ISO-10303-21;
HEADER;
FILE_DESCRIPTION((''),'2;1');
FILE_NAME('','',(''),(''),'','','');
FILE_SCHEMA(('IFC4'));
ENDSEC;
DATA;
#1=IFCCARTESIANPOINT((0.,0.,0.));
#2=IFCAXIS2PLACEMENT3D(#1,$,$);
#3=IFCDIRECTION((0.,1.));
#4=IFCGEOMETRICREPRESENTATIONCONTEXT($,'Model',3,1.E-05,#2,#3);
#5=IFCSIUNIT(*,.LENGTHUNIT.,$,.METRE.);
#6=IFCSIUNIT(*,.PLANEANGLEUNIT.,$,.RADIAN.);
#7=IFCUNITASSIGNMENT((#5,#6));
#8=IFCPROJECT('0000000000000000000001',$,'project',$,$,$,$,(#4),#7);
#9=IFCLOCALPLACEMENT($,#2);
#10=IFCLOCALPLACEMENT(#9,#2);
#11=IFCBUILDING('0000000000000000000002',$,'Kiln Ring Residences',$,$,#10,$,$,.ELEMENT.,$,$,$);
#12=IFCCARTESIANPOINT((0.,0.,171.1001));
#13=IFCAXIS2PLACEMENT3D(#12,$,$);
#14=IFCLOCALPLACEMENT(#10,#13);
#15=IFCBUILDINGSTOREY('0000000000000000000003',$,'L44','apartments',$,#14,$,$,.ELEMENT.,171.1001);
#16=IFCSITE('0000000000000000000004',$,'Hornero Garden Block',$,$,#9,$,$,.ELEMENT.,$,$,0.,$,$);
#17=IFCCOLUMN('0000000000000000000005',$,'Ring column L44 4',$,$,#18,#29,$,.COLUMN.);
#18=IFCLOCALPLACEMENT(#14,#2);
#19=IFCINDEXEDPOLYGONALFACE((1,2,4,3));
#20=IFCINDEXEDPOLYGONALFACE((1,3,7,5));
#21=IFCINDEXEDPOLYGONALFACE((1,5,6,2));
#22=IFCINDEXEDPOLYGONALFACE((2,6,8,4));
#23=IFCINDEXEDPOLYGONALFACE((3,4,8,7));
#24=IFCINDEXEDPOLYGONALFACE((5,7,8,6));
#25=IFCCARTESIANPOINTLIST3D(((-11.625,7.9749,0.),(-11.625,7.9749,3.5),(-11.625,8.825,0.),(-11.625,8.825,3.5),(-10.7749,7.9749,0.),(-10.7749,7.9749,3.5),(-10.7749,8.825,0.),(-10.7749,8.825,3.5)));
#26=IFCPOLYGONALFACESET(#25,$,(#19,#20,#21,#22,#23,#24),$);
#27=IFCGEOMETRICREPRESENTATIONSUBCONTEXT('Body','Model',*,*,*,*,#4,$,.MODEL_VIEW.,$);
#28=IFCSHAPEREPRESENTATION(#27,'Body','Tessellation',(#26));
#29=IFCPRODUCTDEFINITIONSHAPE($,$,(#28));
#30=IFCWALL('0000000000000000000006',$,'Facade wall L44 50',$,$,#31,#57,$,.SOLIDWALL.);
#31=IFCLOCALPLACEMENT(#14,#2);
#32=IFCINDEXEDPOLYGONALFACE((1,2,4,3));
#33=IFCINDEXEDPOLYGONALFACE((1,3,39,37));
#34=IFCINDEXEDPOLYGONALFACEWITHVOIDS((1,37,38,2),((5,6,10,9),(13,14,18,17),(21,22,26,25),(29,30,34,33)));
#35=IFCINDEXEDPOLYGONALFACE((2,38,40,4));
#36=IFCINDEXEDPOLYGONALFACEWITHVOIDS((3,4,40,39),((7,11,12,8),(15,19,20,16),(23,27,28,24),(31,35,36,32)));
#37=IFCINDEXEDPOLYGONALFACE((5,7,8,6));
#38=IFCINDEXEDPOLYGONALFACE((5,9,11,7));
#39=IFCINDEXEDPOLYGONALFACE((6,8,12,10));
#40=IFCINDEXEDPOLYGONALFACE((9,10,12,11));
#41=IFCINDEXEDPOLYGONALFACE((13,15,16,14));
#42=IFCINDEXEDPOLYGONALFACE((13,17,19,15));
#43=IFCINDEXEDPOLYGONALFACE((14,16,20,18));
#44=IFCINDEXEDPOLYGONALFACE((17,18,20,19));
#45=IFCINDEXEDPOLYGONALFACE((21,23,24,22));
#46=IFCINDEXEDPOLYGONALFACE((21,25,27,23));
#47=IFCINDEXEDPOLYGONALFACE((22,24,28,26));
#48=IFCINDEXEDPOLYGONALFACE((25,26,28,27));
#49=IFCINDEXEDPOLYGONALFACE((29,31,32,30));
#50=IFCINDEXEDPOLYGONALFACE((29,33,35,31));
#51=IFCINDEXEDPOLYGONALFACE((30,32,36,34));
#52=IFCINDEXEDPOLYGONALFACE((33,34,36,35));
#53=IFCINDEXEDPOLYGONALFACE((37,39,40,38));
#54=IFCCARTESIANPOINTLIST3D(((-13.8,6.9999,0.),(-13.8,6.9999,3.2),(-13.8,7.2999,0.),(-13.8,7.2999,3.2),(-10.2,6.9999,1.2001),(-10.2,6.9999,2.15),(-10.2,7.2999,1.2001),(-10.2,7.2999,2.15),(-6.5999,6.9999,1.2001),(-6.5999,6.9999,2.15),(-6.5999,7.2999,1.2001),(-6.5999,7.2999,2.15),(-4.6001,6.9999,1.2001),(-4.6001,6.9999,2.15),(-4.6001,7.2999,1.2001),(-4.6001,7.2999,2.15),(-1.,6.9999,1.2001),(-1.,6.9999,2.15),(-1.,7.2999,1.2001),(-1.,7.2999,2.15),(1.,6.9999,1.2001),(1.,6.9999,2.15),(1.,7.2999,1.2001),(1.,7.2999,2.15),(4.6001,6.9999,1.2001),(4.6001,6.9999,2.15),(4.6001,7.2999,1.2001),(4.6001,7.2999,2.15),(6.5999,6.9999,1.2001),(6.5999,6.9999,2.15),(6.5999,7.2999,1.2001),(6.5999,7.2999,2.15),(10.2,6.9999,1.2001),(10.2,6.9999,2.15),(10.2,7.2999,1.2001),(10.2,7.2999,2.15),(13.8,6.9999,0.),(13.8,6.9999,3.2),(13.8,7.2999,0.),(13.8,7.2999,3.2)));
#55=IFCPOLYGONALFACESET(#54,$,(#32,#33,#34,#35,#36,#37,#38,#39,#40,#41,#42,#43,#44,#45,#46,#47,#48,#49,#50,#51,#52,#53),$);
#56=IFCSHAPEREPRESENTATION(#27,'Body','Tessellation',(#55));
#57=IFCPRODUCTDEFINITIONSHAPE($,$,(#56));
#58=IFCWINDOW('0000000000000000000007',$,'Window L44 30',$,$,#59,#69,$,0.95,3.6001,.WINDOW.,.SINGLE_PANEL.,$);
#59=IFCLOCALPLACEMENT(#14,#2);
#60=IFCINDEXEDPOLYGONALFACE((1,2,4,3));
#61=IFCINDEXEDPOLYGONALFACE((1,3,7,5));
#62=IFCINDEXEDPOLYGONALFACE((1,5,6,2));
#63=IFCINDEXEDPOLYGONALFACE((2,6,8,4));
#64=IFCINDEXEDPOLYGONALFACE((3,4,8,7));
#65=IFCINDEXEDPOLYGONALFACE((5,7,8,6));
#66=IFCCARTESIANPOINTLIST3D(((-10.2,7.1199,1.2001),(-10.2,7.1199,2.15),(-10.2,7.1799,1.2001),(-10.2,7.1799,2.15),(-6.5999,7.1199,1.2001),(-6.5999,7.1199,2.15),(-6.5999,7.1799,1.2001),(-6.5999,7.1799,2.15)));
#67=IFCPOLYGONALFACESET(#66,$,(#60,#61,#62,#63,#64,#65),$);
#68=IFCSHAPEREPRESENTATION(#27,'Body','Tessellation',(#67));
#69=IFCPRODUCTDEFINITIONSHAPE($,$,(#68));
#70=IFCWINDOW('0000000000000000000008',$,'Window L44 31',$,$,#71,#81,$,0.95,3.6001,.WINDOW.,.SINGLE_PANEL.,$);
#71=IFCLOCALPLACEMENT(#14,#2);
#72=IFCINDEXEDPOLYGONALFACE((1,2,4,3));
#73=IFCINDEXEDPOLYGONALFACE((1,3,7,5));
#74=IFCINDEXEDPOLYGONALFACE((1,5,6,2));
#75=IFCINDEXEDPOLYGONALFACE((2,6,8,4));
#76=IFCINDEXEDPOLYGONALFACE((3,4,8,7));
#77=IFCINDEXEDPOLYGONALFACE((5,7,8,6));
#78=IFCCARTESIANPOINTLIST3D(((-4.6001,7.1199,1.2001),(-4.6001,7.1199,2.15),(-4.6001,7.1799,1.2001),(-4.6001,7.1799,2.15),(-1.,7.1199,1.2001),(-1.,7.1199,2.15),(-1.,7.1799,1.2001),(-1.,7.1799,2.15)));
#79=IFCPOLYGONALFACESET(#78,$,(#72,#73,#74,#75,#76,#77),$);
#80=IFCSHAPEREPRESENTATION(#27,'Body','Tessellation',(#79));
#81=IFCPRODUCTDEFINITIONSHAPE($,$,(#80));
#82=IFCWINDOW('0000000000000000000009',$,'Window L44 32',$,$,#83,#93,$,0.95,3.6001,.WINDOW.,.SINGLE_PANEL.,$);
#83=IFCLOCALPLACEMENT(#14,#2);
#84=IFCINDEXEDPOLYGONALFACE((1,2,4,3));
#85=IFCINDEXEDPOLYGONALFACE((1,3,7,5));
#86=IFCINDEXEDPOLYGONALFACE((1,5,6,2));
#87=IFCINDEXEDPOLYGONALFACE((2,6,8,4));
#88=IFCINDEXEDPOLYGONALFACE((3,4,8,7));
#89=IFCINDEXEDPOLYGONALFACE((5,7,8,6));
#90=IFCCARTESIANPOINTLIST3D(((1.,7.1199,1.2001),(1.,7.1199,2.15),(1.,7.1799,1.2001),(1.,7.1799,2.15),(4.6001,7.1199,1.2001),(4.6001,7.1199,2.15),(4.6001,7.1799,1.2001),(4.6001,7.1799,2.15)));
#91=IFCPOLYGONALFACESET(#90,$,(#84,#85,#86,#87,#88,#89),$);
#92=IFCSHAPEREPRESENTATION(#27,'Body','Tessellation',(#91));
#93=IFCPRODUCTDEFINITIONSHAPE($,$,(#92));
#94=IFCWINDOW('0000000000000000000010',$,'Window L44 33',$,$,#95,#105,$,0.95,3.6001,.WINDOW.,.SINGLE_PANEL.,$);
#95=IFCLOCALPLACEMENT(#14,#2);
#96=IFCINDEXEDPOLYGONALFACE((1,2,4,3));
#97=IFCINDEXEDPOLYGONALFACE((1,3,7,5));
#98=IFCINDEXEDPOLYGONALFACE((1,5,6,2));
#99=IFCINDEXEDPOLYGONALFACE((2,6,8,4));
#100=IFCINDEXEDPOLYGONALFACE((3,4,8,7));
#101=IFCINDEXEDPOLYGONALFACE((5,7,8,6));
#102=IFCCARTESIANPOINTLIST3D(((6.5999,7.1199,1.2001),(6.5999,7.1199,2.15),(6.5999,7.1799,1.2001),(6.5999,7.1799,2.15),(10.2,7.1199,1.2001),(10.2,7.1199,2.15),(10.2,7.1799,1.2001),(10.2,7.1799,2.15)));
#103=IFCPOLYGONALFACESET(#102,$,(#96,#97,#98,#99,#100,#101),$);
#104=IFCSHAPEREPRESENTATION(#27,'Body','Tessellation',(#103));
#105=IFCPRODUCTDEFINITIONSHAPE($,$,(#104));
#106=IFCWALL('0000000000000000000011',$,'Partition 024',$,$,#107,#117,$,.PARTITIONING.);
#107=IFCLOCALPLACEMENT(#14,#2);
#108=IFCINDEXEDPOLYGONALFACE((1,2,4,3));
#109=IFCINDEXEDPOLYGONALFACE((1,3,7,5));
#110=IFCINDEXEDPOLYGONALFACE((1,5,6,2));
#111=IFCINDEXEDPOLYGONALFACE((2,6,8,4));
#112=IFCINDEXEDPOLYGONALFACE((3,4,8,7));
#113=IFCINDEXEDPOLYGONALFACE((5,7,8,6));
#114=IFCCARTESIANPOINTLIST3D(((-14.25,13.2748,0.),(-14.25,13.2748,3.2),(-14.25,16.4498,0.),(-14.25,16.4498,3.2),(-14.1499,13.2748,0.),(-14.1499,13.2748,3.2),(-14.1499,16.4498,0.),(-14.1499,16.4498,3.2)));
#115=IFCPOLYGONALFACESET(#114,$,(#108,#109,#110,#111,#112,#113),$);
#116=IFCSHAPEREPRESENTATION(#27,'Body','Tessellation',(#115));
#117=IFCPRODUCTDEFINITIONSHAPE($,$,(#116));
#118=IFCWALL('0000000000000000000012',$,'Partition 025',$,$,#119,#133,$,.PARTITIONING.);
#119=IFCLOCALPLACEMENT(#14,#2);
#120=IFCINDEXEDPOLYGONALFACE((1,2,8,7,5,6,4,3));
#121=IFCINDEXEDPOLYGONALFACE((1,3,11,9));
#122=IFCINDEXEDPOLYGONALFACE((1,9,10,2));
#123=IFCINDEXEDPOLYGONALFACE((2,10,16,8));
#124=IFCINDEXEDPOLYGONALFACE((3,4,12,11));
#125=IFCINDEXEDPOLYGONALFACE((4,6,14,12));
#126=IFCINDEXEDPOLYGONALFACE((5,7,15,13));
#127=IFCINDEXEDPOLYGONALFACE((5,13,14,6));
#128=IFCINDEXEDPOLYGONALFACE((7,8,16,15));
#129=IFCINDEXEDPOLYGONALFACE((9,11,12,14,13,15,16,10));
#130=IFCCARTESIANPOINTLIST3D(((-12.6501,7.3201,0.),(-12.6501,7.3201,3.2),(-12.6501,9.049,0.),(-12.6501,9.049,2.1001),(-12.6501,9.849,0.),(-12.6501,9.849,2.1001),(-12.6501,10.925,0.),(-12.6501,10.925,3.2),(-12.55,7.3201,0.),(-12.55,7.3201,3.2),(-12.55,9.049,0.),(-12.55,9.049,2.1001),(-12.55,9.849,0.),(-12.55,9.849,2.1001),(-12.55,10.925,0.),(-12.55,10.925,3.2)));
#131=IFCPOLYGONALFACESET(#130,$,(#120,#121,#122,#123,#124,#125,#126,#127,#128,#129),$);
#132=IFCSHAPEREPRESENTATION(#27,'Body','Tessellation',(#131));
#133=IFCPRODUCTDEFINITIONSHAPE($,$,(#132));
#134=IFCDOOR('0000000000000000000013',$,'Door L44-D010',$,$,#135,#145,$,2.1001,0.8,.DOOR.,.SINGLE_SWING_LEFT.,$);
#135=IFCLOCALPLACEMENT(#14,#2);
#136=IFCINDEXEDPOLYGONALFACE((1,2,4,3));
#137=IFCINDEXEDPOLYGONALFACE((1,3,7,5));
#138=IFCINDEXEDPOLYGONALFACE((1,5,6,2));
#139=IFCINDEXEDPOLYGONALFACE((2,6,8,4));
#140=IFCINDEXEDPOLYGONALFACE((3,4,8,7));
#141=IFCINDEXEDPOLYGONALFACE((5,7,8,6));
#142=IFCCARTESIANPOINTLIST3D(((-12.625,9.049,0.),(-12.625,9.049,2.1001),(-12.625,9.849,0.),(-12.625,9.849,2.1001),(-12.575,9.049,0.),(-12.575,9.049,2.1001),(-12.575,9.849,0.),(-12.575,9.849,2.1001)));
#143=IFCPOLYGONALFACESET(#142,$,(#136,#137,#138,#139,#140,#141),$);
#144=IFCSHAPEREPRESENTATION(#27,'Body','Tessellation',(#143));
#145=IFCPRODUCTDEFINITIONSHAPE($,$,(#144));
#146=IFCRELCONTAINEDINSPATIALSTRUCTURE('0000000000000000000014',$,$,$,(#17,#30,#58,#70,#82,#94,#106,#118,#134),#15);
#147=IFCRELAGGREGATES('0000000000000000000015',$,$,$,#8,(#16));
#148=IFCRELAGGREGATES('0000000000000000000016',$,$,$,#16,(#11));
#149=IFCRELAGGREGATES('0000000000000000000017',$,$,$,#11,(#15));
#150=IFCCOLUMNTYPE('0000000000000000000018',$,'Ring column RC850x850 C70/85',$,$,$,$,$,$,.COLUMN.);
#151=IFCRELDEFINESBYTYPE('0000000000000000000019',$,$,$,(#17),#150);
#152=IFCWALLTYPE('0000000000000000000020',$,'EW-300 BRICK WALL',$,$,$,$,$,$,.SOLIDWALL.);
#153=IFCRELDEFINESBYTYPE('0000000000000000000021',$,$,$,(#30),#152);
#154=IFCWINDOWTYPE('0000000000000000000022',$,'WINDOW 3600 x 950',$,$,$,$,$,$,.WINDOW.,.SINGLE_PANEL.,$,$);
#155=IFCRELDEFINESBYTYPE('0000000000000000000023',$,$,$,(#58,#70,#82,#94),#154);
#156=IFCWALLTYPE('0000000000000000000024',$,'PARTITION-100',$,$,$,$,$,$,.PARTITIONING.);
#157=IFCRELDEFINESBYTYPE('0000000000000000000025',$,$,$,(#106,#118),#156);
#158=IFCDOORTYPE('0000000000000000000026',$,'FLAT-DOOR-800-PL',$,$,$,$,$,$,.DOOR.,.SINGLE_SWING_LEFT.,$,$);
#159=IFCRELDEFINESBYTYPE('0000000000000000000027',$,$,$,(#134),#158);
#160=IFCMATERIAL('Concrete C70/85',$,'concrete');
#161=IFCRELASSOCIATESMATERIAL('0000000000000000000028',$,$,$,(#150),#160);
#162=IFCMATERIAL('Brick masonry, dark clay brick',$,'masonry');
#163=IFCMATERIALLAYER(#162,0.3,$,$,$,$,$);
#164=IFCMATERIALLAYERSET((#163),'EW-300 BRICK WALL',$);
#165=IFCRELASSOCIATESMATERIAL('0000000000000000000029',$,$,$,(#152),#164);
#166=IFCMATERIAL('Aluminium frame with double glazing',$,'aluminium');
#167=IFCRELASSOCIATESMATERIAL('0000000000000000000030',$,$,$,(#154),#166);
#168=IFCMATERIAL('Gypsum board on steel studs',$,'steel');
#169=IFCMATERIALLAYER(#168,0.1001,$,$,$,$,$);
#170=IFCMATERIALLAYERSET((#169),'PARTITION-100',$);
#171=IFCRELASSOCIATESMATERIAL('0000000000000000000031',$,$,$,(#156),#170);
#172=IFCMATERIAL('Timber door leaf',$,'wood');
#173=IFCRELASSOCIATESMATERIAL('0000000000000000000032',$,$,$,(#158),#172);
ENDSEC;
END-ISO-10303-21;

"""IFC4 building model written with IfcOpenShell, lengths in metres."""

from ifc_helpers import new_model, si_unit, direction, frame, frame_2d, origin, origin_2d, place, context, subcontext, project, spatial, rectangle, extrude, material, layer, layer_set, material_profile, profile_set, type_object, element, fill, save


model = new_model("IFC4")

# Units and contexts
model_context = context("Model", 3, precision=1e-05, world=origin(), true_north=direction((0.0, 1.0)))
body_context = subcontext(model_context, "Body", "Model", "MODEL_VIEW")
ifc_project = project(units=[si_unit("LENGTHUNIT", "METRE"), si_unit("PLANEANGLEUNIT", "RADIAN")], contexts=[model_context])

# Site, building, storey
site_placement = place(None, origin())
site = spatial("IfcSite", under=ifc_project, at=site_placement, Name="Hornero Garden Block", CompositionType="ELEMENT", RefElevation=0.0)
building_placement = place(site_placement, origin())
building = spatial("IfcBuilding", under=site, at=building_placement, Name="Kiln Ring Residences", CompositionType="ELEMENT")
storey_placement = place(building_placement, frame((0.0, 0.0, 171.1001)))
storey = spatial("IfcBuildingStorey", under=building, at=storey_placement, Name="L44", Description="apartments", CompositionType="ELEMENT", Elevation=171.1001)

# Column
ifc_material_1 = material(Name="Concrete C70/85", Category="concrete")
ifc_material_profile = material_profile(ifc_material_1, rectangle(XDim=0.8501, YDim=0.8501, at=origin_2d()), Name="RC850x850")
ifc_profile_set = profile_set([ifc_material_profile], Name="Concrete C70/85")
column_type = type_object("IfcColumnType", Name="Ring column RC850x850 C70/85", PredefinedType="COLUMN", material=ifc_profile_set)
column_placement = place(storey_placement, frame((-11.2, 8.3999, 0.0), z_axis=(0.0, 0.0, 1.0), x_axis=(1.0, 0.0, 0.0)))
element("IfcColumn", 1, at=column_placement, inside=storey, type_object=column_type, Name="Ring column L44 4", PredefinedType="COLUMN", context=body_context, shape_type="SweptSolid", body=[
    extrude(rectangle(XDim=0.8501, YDim=0.8501, at=origin_2d()), origin(), (0.0, 0.0, 1.0), 3.5),
])

# Wall, openings, windows
ifc_material_2 = material(Name="Brick masonry, dark clay brick", Category="masonry")
ifc_layer_1 = layer(ifc_material_2, 0.3)
ifc_layer_set_1 = layer_set([ifc_layer_1], Name="EW-300 BRICK WALL")
wall_type_1 = type_object("IfcWallType", Name="EW-300 BRICK WALL", PredefinedType="SOLIDWALL", material=ifc_layer_set_1)
wall_1_placement = place(storey_placement, frame((-13.8, 7.1499, 0.0), z_axis=(0.0, 0.0, 1.0), x_axis=(1.0, 0.0, 0.0)))
wall_1 = element("IfcWall", 2, at=wall_1_placement, inside=storey, type_object=wall_type_1, Name="Facade wall L44 50", PredefinedType="SOLIDWALL", context=body_context, shape_type="SweptSolid", body=[
    extrude(rectangle(XDim=27.6001, YDim=0.3, at=frame_2d((13.8, 0.0))), origin(), (0.0, 0.0, 1.0), 3.2),
])
opening_1_placement = place(wall_1_placement, frame((3.6001, 0.0, 1.2)))
opening_1 = element("IfcOpeningElement", 3, at=opening_1_placement, cuts=wall_1, PredefinedType="OPENING", context=body_context, shape_type="SweptSolid", body=[
    extrude(rectangle(XDim=3.6001, YDim=0.95, at=frame_2d((1.8, 0.4751))), frame((0.0, 0.1599, 0.0), z_axis=(0.0, -1.0, 0.0), x_axis=(1.0, 0.0, 0.0)), (0.0, 0.0, 1.0), 0.3201),
])
opening_2_placement = place(wall_1_placement, frame((9.2, 0.0, 1.2)))
opening_2 = element("IfcOpeningElement", 4, at=opening_2_placement, cuts=wall_1, PredefinedType="OPENING", context=body_context, shape_type="SweptSolid", body=[
    extrude(rectangle(XDim=3.6001, YDim=0.95, at=frame_2d((1.8, 0.4751))), frame((0.0, 0.1599, 0.0), z_axis=(0.0, -1.0, 0.0), x_axis=(1.0, 0.0, 0.0)), (0.0, 0.0, 1.0), 0.3201),
])
opening_3_placement = place(wall_1_placement, frame((14.8, 0.0, 1.2)))
opening_3 = element("IfcOpeningElement", 5, at=opening_3_placement, cuts=wall_1, PredefinedType="OPENING", context=body_context, shape_type="SweptSolid", body=[
    extrude(rectangle(XDim=3.6001, YDim=0.95, at=frame_2d((1.8, 0.4751))), frame((0.0, 0.1599, 0.0), z_axis=(0.0, -1.0, 0.0), x_axis=(1.0, 0.0, 0.0)), (0.0, 0.0, 1.0), 0.3201),
])
opening_4_placement = place(wall_1_placement, frame((20.3999, 0.0, 1.2)))
opening_4 = element("IfcOpeningElement", 6, at=opening_4_placement, cuts=wall_1, PredefinedType="OPENING", context=body_context, shape_type="SweptSolid", body=[
    extrude(rectangle(XDim=3.6001, YDim=0.95, at=frame_2d((1.8, 0.4751))), frame((0.0, 0.1599, 0.0), z_axis=(0.0, -1.0, 0.0), x_axis=(1.0, 0.0, 0.0)), (0.0, 0.0, 1.0), 0.3201),
])
ifc_material_3 = material(Name="Aluminium frame with double glazing", Category="aluminium")
window_type = type_object("IfcWindowType", Name="WINDOW 3600 x 950", PartitioningType="SINGLE_PANEL", PredefinedType="WINDOW", material=ifc_material_3)
window_1_placement = place(opening_1_placement, origin())
window_1 = element("IfcWindow", 7, at=window_1_placement, inside=storey, type_object=window_type, Name="Window L44 30", OverallHeight=0.95, OverallWidth=3.6001, PartitioningType="SINGLE_PANEL", PredefinedType="WINDOW", context=body_context, shape_type="SweptSolid", body=[
    extrude(rectangle(XDim=3.6001, YDim=0.95, at=frame_2d((1.8, 0.4751))), frame((0.0, 0.03, 0.0), z_axis=(0.0, -1.0, 0.0), x_axis=(1.0, 0.0, 0.0)), (0.0, 0.0, 1.0), 0.0601),
])
fill(opening_1, window_1)
window_2_placement = place(opening_2_placement, origin())
window_2 = element("IfcWindow", 8, at=window_2_placement, inside=storey, type_object=window_type, Name="Window L44 31", OverallHeight=0.95, OverallWidth=3.6001, PartitioningType="SINGLE_PANEL", PredefinedType="WINDOW", context=body_context, shape_type="SweptSolid", body=[
    extrude(rectangle(XDim=3.6001, YDim=0.95, at=frame_2d((1.8, 0.4751))), frame((0.0, 0.03, 0.0), z_axis=(0.0, -1.0, 0.0), x_axis=(1.0, 0.0, 0.0)), (0.0, 0.0, 1.0), 0.0601),
])
fill(opening_2, window_2)
window_3_placement = place(opening_3_placement, origin())
window_3 = element("IfcWindow", 9, at=window_3_placement, inside=storey, type_object=window_type, Name="Window L44 32", OverallHeight=0.95, OverallWidth=3.6001, PartitioningType="SINGLE_PANEL", PredefinedType="WINDOW", context=body_context, shape_type="SweptSolid", body=[
    extrude(rectangle(XDim=3.6001, YDim=0.95, at=frame_2d((1.8, 0.4751))), frame((0.0, 0.03, 0.0), z_axis=(0.0, -1.0, 0.0), x_axis=(1.0, 0.0, 0.0)), (0.0, 0.0, 1.0), 0.0601),
])
fill(opening_3, window_3)
window_4_placement = place(opening_4_placement, origin())
window_4 = element("IfcWindow", 10, at=window_4_placement, inside=storey, type_object=window_type, Name="Window L44 33", OverallHeight=0.95, OverallWidth=3.6001, PartitioningType="SINGLE_PANEL", PredefinedType="WINDOW", context=body_context, shape_type="SweptSolid", body=[
    extrude(rectangle(XDim=3.6001, YDim=0.95, at=frame_2d((1.8, 0.4751))), frame((0.0, 0.03, 0.0), z_axis=(0.0, -1.0, 0.0), x_axis=(1.0, 0.0, 0.0)), (0.0, 0.0, 1.0), 0.0601),
])
fill(opening_4, window_4)

# Wall
ifc_material_4 = material(Name="Gypsum board on steel studs", Category="steel")
ifc_layer_2 = layer(ifc_material_4, 0.1001)
ifc_layer_set_2 = layer_set([ifc_layer_2], Name="PARTITION-100")
wall_type_2 = type_object("IfcWallType", Name="PARTITION-100", PredefinedType="PARTITIONING", material=ifc_layer_set_2)
wall_2_placement = place(storey_placement, frame((-14.2, 13.2749, 0.0), z_axis=(0.0, 0.0, 1.0), x_axis=(0.0, 1.0, 0.0)))
element("IfcWall", 11, at=wall_2_placement, inside=storey, type_object=wall_type_2, Name="Partition 024", PredefinedType="PARTITIONING", context=body_context, shape_type="SweptSolid", body=[
    extrude(rectangle(XDim=3.175, YDim=0.1001, at=frame_2d((1.5874, 0.0))), origin(), (0.0, 0.0, 1.0), 3.2),
])

# Wall, opening, door
wall_3_placement = place(storey_placement, frame((-12.6001, 7.3201, 0.0), z_axis=(0.0, 0.0, 1.0), x_axis=(0.0, 1.0, 0.0)))
wall_3 = element("IfcWall", 12, at=wall_3_placement, inside=storey, type_object=wall_type_2, Name="Partition 025", PredefinedType="PARTITIONING", context=body_context, shape_type="SweptSolid", body=[
    extrude(rectangle(XDim=3.605, YDim=0.1001, at=frame_2d((1.8025, 0.0))), origin(), (0.0, 0.0, 1.0), 3.2),
])
opening_5_placement = place(wall_3_placement, frame((1.729, 0.0, 0.0)))
opening_5 = element("IfcOpeningElement", 13, at=opening_5_placement, cuts=wall_3, PredefinedType="OPENING", context=body_context, shape_type="SweptSolid", body=[
    extrude(rectangle(XDim=0.8, YDim=2.1001, at=frame_2d((0.3999, 1.05))), frame((0.0, 0.0601, 0.0), z_axis=(0.0, -1.0, 0.0), x_axis=(1.0, 0.0, 0.0)), (0.0, 0.0, 1.0), 0.1201),
])
ifc_material_5 = material(Name="Timber door leaf", Category="wood")
door_type_1 = type_object("IfcDoorType", Name="FLAT-DOOR-800-PL", OperationType="SINGLE_SWING_LEFT", PredefinedType="DOOR", material=ifc_material_5)
door_1_placement = place(opening_5_placement, origin())
door_1 = element("IfcDoor", 14, at=door_1_placement, inside=storey, type_object=door_type_1, Name="Door L44-D010", OperationType="SINGLE_SWING_LEFT", OverallHeight=2.1001, OverallWidth=0.8, PredefinedType="DOOR", context=body_context, shape_type="SweptSolid", body=[
    extrude(rectangle(XDim=0.8, YDim=2.1001, at=frame_2d((0.3999, 1.05))), frame((0.0, 0.0249, 0.0), z_axis=(0.0, -1.0, 0.0), x_axis=(1.0, 0.0, 0.0)), (0.0, 0.0, 1.0), 0.05),
])
fill(opening_5, door_1)

save(model, "model.ifc")
